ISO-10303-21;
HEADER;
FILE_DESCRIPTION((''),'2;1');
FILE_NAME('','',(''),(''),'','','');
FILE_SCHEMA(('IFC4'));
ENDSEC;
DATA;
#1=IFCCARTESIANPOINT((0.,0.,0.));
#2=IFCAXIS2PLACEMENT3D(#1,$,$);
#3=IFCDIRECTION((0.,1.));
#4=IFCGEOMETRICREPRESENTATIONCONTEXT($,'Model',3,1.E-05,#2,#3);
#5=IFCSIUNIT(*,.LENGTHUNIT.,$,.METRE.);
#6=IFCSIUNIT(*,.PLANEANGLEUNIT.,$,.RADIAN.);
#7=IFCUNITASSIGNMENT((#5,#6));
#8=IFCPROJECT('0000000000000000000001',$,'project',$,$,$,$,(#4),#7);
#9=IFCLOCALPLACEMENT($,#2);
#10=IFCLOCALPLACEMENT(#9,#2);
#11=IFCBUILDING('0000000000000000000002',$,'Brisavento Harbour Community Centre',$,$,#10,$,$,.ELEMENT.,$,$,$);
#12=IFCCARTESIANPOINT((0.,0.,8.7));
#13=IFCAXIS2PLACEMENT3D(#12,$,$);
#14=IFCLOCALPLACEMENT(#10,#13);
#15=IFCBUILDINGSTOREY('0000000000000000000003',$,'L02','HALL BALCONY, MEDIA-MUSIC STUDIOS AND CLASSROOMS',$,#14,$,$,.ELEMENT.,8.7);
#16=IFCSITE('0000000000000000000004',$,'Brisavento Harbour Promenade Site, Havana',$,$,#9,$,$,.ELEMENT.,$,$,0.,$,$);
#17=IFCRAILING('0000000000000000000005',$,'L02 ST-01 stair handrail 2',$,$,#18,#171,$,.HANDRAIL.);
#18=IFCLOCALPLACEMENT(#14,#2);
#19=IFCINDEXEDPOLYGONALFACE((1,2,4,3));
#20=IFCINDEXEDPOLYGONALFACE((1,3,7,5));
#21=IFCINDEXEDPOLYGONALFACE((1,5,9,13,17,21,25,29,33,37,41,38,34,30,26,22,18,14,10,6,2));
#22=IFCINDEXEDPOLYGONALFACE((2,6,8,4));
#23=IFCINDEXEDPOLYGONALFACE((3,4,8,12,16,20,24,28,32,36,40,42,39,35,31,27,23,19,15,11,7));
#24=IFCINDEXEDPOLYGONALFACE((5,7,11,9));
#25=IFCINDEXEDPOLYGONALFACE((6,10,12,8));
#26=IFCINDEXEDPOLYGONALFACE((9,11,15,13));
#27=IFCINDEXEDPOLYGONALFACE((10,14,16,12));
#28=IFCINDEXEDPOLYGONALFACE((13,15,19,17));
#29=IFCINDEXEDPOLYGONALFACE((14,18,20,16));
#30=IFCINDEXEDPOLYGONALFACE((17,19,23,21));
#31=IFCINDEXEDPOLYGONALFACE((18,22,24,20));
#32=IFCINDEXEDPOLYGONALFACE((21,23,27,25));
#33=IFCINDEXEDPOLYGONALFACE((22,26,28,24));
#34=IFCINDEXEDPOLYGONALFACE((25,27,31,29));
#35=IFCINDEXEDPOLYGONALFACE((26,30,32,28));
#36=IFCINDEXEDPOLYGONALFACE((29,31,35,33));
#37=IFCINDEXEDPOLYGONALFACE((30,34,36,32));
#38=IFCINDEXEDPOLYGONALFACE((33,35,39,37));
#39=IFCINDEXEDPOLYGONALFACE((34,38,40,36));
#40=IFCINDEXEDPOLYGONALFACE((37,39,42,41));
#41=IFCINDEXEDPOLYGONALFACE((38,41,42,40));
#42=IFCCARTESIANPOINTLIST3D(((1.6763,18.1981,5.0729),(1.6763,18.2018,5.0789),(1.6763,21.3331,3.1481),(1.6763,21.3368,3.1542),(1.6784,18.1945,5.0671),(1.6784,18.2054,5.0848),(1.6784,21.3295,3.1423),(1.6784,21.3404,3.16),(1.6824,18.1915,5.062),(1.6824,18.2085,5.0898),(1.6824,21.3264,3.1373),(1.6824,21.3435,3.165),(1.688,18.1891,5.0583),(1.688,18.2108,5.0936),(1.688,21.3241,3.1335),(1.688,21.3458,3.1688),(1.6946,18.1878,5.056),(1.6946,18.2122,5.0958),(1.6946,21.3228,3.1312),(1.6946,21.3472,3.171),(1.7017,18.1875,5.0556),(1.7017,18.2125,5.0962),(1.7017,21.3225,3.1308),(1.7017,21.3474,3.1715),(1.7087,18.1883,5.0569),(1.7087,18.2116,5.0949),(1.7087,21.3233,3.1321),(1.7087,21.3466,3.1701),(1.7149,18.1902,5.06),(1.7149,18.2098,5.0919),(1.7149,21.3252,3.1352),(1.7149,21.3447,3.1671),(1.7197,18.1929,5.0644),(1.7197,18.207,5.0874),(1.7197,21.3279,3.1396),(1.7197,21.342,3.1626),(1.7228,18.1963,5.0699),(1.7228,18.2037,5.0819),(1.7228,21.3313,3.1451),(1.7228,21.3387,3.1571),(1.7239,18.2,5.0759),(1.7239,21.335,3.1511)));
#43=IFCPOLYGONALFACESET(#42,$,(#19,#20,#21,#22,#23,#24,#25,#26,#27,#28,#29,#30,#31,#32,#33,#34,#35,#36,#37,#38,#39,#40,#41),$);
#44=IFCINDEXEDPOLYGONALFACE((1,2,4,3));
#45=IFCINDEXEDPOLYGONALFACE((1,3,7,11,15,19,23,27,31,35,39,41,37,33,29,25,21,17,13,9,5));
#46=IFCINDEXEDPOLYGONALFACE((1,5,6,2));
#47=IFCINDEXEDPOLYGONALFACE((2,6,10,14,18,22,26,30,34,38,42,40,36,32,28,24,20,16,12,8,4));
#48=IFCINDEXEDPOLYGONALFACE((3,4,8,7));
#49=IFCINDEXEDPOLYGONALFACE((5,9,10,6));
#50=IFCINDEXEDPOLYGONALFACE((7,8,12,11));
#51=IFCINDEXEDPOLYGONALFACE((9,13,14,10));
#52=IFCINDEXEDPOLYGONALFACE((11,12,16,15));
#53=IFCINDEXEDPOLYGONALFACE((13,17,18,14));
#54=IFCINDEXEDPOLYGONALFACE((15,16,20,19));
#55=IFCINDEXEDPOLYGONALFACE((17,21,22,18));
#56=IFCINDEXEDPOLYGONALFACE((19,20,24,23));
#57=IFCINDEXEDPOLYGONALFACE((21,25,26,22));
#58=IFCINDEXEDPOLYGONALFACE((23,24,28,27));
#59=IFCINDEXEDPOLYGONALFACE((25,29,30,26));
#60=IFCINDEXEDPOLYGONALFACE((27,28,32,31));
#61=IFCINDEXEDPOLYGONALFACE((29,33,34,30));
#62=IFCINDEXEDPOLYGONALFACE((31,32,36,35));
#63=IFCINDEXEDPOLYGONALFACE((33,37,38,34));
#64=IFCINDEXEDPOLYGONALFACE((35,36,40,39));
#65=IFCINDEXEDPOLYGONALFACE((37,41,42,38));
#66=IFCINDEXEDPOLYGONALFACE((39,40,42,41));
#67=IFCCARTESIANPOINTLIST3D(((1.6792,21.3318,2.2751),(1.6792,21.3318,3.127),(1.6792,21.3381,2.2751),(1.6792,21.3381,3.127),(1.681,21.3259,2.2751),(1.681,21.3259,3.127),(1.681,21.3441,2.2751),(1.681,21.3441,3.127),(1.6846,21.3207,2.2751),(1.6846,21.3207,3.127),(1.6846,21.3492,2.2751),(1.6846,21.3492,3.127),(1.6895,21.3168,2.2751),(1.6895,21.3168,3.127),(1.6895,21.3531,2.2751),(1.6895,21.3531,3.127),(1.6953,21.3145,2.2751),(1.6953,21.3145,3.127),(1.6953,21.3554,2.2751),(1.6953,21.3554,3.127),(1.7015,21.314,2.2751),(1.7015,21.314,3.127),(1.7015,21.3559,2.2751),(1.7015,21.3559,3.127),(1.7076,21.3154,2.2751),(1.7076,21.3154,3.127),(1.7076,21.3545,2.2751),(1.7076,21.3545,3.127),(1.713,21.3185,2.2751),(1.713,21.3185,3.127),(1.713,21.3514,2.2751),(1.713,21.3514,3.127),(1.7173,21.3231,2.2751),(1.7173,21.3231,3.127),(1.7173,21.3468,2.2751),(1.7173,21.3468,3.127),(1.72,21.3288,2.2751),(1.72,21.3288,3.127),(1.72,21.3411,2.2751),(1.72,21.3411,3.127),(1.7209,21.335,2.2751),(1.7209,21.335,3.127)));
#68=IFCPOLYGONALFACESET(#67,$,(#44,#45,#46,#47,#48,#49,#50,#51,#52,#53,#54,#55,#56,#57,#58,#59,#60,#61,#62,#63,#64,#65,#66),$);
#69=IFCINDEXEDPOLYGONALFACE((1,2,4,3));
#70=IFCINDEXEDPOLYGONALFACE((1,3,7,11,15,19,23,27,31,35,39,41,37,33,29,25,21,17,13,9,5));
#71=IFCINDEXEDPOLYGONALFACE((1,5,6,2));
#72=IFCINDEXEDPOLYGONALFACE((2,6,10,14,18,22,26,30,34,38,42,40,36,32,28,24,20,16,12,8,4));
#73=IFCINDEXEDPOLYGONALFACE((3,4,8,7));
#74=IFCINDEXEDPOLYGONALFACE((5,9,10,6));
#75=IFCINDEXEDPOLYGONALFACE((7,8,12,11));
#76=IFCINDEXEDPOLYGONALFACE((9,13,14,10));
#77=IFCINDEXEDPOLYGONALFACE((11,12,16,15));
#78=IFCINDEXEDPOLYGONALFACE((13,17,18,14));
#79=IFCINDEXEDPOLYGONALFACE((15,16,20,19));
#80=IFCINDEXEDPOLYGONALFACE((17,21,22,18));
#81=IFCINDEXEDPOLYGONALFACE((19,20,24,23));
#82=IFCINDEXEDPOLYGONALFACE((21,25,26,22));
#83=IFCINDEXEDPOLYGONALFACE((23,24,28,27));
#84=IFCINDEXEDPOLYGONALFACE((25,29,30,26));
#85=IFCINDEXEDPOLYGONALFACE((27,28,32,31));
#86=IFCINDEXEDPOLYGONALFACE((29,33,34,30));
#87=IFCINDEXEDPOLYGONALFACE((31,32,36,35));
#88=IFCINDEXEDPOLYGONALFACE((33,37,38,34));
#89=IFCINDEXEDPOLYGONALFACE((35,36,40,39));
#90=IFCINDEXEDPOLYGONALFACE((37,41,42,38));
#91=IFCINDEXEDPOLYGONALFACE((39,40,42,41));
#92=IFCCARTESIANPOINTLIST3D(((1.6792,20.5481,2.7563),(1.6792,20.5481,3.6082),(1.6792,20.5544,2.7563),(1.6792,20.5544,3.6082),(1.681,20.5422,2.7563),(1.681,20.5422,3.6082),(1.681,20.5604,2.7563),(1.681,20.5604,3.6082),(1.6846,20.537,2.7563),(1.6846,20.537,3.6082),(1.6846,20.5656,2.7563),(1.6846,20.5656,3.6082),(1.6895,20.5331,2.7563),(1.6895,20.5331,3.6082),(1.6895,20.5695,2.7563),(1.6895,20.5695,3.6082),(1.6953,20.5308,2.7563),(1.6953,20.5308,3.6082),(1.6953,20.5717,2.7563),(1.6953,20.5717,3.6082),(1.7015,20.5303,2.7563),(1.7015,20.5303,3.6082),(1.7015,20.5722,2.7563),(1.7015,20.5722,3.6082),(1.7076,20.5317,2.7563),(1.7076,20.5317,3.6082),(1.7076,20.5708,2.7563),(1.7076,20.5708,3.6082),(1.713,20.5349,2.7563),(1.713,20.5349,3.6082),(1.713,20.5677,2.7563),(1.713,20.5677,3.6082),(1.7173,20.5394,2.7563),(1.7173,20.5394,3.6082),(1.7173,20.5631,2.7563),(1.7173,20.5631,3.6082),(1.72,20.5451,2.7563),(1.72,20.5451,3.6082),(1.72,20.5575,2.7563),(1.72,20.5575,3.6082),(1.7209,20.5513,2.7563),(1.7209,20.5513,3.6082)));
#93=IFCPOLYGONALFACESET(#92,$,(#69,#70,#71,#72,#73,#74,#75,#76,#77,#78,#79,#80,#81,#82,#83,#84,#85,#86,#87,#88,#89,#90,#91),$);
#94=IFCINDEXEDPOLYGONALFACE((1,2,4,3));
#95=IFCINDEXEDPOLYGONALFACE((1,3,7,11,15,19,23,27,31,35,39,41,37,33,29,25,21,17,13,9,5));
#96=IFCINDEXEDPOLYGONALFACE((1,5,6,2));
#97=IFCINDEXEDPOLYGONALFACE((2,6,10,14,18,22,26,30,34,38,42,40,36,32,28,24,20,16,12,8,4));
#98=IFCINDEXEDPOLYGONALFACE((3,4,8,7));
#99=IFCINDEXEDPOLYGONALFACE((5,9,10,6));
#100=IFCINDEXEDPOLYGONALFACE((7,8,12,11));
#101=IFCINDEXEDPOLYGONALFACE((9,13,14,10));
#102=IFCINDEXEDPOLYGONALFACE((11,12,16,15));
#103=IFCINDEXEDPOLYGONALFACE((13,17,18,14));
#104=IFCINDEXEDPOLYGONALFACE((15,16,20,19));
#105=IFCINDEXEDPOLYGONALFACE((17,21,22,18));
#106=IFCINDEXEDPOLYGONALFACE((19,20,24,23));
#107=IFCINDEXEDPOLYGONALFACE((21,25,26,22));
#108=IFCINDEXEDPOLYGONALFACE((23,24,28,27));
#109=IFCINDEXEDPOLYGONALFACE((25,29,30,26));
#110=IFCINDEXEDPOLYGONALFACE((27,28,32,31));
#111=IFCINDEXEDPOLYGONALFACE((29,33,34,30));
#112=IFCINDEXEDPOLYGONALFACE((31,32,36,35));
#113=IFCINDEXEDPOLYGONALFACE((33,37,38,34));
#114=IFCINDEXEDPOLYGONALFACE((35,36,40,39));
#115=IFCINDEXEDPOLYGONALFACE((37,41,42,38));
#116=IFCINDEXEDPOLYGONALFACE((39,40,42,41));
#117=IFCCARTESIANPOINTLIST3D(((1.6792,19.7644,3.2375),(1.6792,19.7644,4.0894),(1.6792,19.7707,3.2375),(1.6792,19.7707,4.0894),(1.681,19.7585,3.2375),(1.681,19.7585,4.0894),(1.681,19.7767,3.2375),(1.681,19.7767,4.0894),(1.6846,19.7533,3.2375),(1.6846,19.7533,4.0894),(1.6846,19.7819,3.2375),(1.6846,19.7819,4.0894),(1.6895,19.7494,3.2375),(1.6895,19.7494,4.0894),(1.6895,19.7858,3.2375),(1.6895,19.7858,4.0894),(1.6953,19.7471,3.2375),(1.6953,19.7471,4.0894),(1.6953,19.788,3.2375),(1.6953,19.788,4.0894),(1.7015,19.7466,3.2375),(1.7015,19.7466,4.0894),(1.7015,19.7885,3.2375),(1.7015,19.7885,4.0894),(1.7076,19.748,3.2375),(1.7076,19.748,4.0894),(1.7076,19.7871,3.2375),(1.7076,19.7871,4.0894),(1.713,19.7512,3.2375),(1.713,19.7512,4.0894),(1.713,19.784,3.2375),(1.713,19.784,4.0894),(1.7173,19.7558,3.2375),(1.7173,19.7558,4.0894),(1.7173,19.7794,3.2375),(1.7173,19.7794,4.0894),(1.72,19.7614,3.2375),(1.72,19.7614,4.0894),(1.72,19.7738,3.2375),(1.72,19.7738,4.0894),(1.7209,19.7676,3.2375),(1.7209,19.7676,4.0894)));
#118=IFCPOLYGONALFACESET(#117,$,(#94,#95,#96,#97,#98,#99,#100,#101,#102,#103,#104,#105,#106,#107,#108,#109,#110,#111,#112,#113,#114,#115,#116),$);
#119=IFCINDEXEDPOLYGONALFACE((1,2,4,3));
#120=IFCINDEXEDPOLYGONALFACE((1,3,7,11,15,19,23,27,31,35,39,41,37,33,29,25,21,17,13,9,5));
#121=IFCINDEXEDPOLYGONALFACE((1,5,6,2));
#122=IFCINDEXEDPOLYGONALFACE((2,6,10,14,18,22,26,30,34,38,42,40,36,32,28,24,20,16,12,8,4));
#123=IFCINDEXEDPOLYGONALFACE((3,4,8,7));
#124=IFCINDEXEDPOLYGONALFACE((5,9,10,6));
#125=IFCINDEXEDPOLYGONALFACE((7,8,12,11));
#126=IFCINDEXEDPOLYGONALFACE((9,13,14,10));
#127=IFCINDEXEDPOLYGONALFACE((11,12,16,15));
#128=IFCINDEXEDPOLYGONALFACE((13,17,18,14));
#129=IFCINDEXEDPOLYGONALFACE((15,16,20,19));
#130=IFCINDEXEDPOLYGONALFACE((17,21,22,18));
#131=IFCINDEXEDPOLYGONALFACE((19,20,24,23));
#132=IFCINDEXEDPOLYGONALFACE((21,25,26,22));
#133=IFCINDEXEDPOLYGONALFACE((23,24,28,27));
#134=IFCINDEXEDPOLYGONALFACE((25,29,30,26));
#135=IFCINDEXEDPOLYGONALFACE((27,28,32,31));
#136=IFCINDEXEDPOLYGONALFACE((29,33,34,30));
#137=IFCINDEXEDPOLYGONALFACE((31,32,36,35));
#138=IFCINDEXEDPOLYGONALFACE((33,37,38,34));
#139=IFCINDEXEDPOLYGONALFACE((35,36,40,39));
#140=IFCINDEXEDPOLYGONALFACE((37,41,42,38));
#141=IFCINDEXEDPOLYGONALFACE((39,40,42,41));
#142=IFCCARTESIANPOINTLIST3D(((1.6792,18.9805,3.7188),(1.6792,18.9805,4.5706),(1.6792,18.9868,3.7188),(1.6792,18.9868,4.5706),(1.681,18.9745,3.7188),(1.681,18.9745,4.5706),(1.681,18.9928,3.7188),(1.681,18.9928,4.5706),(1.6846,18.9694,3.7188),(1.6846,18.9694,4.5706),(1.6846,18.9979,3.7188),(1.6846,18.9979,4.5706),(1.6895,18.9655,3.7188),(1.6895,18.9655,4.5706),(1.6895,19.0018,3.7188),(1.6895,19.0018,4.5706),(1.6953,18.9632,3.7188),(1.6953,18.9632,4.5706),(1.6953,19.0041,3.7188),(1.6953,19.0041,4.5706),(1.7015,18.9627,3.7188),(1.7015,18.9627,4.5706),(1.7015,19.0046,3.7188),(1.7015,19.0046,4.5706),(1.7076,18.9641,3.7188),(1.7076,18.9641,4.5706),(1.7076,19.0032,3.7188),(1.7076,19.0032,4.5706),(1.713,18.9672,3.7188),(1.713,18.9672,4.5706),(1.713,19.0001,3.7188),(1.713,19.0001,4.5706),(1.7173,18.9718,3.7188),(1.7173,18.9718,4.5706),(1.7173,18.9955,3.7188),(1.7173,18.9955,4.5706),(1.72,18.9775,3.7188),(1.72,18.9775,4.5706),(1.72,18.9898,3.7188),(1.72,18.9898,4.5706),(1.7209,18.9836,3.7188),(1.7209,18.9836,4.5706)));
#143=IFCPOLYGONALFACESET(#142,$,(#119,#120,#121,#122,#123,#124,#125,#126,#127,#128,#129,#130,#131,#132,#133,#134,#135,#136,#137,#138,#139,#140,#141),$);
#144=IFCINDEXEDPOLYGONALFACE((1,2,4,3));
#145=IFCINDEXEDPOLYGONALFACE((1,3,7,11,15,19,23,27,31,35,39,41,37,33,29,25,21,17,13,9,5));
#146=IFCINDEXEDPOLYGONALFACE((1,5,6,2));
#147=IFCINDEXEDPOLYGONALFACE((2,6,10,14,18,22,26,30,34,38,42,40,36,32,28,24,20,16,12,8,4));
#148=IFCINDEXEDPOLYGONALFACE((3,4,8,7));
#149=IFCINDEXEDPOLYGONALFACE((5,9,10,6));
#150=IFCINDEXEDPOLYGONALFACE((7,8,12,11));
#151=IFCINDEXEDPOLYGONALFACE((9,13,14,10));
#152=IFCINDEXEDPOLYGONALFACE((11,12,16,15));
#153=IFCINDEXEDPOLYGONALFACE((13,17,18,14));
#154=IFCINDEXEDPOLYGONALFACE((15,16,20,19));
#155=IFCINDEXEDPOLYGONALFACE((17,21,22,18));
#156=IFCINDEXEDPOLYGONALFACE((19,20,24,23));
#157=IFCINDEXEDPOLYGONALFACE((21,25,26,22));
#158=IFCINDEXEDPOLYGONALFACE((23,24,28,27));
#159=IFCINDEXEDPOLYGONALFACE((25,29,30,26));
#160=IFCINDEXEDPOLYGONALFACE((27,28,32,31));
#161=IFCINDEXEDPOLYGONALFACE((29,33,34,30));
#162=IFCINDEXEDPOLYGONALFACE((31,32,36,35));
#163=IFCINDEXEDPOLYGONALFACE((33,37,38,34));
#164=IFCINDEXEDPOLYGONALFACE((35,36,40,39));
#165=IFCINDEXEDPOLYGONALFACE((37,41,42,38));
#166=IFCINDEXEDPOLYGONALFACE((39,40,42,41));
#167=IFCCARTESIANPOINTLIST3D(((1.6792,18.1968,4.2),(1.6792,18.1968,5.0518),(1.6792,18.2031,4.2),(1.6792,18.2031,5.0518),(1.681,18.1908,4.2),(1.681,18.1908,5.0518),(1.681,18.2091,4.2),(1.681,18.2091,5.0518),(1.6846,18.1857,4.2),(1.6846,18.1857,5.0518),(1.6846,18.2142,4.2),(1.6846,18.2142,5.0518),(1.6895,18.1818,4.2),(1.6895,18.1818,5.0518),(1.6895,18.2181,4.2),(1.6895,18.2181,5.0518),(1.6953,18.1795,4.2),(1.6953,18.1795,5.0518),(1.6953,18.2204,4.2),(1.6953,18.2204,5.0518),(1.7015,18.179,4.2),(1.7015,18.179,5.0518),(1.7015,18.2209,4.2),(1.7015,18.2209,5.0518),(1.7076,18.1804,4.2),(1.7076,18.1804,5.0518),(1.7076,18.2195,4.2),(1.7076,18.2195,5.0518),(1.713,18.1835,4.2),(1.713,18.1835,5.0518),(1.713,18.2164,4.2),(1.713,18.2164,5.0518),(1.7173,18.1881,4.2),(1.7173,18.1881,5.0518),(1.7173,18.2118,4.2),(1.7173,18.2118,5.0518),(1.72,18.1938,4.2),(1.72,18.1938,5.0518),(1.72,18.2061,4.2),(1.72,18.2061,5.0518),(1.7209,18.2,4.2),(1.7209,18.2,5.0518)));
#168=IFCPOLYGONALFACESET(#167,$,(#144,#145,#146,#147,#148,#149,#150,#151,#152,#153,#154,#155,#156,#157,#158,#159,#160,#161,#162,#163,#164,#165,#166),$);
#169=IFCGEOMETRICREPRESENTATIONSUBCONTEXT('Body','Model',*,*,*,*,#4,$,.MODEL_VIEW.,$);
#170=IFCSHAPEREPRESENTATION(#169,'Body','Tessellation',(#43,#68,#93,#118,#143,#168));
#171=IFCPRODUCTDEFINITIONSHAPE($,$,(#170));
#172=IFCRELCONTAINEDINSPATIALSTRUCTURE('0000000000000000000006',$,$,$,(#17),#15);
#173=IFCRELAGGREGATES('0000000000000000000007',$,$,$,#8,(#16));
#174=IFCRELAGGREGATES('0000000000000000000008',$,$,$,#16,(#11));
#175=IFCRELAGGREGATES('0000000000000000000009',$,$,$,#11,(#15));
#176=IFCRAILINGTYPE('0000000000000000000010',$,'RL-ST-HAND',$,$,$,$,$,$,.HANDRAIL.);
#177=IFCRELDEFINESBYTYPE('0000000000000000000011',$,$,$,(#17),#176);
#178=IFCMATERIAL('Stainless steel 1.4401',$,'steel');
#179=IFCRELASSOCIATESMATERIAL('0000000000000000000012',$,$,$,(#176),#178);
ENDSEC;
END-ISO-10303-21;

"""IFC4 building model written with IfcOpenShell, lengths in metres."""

from ifc_helpers import new_model, si_unit, direction, frame, origin, origin_2d, place, context, subcontext, project, spatial, circle, extrude, material, type_object, element, save


model = new_model("IFC4")

# Units and contexts
model_context = context("Model", 3, precision=1e-05, world=origin(), true_north=direction((0.0, 1.0)))
body_context = subcontext(model_context, "Body", "Model", "MODEL_VIEW")
ifc_project = project(units=[si_unit("LENGTHUNIT", "METRE"), si_unit("PLANEANGLEUNIT", "RADIAN")], contexts=[model_context])

# Site, building, storey
site_placement = place(None, origin())
site = spatial("IfcSite", under=ifc_project, at=site_placement, Name="Brisavento Harbour Promenade Site, Havana", CompositionType="ELEMENT", RefElevation=0.0)
building_placement = place(site_placement, origin())
building = spatial("IfcBuilding", under=site, at=building_placement, Name="Brisavento Harbour Community Centre", CompositionType="ELEMENT")
storey_placement = place(building_placement, frame((0.0, 0.0, 8.7)))
storey = spatial("IfcBuildingStorey", under=building, at=storey_placement, Name="L02", Description="HALL BALCONY, MEDIA-MUSIC STUDIOS AND CLASSROOMS", CompositionType="ELEMENT", Elevation=8.7)

# Railing
ifc_material_1 = material(Name="Stainless steel 1.4401", Category="steel")
railing_type_1 = type_object("IfcRailingType", Name="RL-ST-HAND", PredefinedType="HANDRAIL", material=ifc_material_1)
railing_1_placement = place(storey_placement, frame((1.7, 21.335, 2.2751)))
element("IfcRailing", 1, at=railing_1_placement, inside=storey, type_object=railing_type_1, Name="L02 ST-01 stair handrail 2", PredefinedType="HANDRAIL", context=body_context, shape_type="SweptSolid", body=[
    extrude(circle(Radius=0.0239, at=origin_2d()), frame((0.0, 0.0, 0.876), z_axis=(0.0, -0.852196, 0.523223), x_axis=(1.0, 0.0, 0.0)), (0.0, 0.0, 1.0), 3.6787),
    extrude(circle(Radius=0.021, at=origin_2d()), origin(), (0.0, 0.0, 1.0), 0.8518),
    extrude(circle(Radius=0.021, at=origin_2d()), frame((0.0, -0.7837, 0.4812)), (0.0, 0.0, 1.0), 0.8518),
    extrude(circle(Radius=0.021, at=origin_2d()), frame((0.0, -1.5674, 0.9624)), (0.0, 0.0, 1.0), 0.8518),
    extrude(circle(Radius=0.021, at=origin_2d()), frame((0.0, -2.3513, 1.4436)), (0.0, 0.0, 1.0), 0.8518),
    extrude(circle(Radius=0.021, at=origin_2d()), frame((0.0, -3.135, 1.9248)), (0.0, 0.0, 1.0), 0.8518),
])

save(model, "model.ifc")
